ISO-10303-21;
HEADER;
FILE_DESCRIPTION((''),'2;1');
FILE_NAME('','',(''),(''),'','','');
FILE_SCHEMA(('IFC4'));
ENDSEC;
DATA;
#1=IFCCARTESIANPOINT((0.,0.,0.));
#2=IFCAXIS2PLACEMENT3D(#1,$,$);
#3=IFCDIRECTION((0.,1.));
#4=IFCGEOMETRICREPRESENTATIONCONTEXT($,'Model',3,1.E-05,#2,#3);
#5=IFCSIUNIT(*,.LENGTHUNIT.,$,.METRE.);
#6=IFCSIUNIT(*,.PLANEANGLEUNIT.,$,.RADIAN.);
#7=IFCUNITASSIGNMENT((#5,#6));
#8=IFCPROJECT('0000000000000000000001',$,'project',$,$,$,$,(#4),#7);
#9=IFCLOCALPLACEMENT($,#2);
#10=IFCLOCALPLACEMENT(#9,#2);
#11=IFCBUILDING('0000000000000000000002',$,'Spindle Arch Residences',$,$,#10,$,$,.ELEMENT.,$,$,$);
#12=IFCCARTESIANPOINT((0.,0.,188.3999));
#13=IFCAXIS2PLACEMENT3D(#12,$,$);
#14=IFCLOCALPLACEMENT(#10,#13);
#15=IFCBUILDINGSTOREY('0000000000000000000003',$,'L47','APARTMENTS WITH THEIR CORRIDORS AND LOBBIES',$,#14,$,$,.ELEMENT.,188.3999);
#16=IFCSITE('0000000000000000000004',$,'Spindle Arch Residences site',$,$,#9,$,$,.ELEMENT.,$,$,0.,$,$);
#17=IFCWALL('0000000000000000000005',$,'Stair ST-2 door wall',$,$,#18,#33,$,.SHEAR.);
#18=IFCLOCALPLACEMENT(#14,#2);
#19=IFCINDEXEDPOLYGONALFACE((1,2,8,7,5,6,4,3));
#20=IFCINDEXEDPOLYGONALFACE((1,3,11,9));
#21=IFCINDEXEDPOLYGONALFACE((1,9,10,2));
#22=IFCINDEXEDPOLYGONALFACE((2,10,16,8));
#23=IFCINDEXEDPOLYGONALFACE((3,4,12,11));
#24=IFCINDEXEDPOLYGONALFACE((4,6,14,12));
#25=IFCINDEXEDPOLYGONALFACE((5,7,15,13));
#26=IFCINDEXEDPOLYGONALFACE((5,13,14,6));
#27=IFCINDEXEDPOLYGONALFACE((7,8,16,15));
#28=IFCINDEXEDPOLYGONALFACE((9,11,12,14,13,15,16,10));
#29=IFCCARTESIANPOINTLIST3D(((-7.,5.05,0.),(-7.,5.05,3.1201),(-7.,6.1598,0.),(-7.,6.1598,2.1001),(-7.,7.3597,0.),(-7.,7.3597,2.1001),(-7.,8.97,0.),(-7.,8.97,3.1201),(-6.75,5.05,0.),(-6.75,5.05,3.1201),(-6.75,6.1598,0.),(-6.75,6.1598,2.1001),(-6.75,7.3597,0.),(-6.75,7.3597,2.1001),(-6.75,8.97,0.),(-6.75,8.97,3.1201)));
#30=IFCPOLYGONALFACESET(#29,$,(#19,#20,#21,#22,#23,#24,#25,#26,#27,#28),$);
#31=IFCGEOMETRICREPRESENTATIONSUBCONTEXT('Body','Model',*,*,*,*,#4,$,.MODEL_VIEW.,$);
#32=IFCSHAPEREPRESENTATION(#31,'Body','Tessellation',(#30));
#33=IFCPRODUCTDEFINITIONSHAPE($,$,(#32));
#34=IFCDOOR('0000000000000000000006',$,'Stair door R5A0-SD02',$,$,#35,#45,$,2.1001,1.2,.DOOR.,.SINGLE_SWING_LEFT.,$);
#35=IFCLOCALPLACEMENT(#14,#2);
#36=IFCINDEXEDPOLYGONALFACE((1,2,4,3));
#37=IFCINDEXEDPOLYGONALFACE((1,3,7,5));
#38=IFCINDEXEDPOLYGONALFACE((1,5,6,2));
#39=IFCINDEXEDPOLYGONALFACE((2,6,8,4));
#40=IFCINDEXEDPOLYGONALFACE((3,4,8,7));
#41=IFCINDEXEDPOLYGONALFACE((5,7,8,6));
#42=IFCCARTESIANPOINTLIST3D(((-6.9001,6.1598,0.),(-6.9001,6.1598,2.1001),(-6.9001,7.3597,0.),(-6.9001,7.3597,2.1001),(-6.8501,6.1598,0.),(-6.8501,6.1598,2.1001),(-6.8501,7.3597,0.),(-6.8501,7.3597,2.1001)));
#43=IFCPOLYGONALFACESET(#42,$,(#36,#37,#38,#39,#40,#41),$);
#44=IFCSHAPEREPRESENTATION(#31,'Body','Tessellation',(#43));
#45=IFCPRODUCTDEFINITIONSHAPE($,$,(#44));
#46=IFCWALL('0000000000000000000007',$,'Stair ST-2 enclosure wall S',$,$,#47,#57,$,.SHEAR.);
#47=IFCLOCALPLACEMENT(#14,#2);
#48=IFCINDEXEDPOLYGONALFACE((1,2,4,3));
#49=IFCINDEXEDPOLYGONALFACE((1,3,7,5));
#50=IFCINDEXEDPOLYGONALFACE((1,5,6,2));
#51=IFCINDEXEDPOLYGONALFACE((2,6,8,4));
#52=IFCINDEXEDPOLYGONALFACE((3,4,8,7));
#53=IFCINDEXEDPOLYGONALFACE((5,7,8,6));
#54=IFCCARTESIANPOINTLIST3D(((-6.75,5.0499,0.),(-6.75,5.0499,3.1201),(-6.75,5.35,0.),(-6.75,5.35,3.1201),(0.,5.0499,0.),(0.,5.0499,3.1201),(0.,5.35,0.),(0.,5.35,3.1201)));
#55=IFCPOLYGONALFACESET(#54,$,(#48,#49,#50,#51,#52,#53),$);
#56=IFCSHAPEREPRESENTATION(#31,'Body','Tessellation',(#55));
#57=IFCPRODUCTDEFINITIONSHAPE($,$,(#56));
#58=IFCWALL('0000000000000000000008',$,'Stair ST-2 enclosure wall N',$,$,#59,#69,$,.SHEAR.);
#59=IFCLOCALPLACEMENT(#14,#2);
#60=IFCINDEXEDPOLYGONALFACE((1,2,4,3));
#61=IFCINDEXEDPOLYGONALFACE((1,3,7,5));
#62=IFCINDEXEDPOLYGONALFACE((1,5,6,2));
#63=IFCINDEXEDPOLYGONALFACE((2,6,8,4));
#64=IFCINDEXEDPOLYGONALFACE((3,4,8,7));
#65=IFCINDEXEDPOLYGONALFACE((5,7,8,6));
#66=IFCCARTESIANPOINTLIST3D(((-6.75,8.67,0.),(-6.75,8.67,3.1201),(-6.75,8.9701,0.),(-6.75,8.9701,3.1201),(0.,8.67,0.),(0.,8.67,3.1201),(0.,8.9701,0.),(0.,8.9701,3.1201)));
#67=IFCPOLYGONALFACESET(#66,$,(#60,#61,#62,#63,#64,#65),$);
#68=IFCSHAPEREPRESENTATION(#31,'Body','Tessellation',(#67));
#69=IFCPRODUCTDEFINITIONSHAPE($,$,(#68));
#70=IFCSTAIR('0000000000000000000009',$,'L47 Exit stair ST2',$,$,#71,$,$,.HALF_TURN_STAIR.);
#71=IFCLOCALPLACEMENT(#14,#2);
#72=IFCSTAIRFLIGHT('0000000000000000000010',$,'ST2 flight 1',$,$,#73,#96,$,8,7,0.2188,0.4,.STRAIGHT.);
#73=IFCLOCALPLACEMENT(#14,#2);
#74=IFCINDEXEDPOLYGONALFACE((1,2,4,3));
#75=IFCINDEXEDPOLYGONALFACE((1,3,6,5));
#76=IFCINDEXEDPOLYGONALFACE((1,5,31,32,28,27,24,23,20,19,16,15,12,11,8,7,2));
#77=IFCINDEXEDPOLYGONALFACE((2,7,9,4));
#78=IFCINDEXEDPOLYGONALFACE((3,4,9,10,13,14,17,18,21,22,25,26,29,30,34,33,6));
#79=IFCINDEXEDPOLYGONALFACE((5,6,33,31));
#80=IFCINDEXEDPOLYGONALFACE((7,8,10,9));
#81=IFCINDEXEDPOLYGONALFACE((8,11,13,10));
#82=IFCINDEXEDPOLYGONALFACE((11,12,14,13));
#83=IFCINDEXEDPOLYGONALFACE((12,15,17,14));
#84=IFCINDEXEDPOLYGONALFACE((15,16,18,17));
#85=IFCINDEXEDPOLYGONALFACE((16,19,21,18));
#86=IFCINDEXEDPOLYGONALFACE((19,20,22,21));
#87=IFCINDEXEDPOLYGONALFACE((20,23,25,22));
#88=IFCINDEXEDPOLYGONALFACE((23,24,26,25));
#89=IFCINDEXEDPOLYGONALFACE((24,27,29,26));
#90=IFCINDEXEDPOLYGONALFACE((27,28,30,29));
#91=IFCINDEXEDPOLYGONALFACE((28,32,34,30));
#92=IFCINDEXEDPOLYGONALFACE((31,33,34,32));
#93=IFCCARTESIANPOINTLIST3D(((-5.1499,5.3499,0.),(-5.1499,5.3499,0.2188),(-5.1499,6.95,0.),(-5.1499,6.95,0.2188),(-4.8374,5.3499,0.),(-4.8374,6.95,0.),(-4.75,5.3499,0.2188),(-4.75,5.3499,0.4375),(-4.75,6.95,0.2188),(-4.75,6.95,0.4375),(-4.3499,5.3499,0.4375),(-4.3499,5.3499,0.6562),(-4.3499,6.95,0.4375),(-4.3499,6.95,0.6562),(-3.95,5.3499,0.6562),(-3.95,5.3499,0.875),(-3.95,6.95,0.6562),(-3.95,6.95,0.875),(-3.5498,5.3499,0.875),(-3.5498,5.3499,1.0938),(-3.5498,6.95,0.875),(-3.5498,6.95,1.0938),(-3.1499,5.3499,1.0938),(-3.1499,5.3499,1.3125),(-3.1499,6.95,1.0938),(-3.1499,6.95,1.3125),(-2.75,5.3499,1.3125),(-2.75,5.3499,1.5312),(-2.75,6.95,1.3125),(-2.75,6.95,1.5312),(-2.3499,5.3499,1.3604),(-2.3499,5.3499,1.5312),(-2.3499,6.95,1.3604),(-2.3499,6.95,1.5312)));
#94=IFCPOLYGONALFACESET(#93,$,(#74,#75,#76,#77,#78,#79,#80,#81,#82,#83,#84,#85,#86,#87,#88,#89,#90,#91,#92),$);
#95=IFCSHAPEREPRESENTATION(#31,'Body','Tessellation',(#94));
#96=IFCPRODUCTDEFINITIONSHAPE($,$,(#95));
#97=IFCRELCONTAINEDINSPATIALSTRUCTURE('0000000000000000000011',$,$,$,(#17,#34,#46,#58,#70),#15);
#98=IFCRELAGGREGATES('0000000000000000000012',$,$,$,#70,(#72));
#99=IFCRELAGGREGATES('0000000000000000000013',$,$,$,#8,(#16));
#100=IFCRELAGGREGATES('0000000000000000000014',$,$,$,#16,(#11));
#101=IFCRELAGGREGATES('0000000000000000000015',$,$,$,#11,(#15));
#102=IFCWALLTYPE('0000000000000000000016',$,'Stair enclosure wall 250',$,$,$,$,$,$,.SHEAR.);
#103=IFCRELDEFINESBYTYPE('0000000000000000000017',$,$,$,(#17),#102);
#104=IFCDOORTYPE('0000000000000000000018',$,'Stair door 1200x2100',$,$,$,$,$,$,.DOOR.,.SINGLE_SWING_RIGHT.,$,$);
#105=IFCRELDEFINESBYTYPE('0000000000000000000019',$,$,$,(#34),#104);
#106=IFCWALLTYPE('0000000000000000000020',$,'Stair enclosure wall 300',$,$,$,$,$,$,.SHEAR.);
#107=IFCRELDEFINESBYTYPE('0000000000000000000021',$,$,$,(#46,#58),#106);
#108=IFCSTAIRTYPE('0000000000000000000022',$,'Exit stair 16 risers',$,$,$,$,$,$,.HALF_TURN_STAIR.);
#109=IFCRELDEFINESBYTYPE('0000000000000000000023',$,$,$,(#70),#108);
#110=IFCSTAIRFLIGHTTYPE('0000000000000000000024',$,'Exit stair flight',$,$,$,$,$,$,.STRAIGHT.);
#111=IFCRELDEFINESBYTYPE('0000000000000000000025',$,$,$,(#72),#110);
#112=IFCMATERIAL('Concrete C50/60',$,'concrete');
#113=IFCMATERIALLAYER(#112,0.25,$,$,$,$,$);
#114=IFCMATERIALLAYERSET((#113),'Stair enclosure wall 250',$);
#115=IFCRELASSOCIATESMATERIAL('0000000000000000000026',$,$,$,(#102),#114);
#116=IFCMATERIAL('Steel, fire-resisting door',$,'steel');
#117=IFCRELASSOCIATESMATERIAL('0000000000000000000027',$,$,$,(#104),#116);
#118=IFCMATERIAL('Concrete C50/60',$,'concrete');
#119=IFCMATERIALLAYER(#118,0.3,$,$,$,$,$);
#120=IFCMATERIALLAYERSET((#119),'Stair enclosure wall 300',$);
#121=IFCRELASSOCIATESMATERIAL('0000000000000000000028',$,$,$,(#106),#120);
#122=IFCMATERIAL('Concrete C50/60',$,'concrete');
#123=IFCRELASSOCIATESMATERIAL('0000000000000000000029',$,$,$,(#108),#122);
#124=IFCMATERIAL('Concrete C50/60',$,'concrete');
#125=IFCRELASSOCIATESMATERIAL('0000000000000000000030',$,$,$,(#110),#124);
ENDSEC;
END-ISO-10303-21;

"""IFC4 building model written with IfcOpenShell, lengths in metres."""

from ifc_helpers import new_model, si_unit, direction, frame, frame_2d, origin, place, context, subcontext, project, spatial, polyline, rectangle, outline, extrude, material, layer, layer_set, type_object, element, fill, aggregate, save


model = new_model("IFC4")

# Units and contexts
model_context = context("Model", 3, precision=1e-05, world=origin(), true_north=direction((0.0, 1.0)))
body_context = subcontext(model_context, "Body", "Model", "MODEL_VIEW")
ifc_project = project(units=[si_unit("LENGTHUNIT", "METRE"), si_unit("PLANEANGLEUNIT", "RADIAN")], contexts=[model_context])

# Site, building, storey
site_placement = place(None, origin())
site = spatial("IfcSite", under=ifc_project, at=site_placement, Name="Spindle Arch Residences site", CompositionType="ELEMENT", RefElevation=0.0)
building_placement = place(site_placement, origin())
building = spatial("IfcBuilding", under=site, at=building_placement, Name="Spindle Arch Residences", CompositionType="ELEMENT")
storey_placement = place(building_placement, frame((0.0, 0.0, 188.3999)))
storey = spatial("IfcBuildingStorey", under=building, at=storey_placement, Name="L47", Description="APARTMENTS WITH THEIR CORRIDORS AND LOBBIES", CompositionType="ELEMENT", Elevation=188.3999)

# Wall, opening, door
ifc_material_1 = material(Name="Concrete C50/60", Category="concrete")
ifc_layer_1 = layer(ifc_material_1, 0.25)
ifc_layer_set_1 = layer_set([ifc_layer_1], Name="Stair enclosure wall 250")
wall_type_1 = type_object("IfcWallType", Name="Stair enclosure wall 250", PredefinedType="SHEAR", material=ifc_layer_set_1)
wall_1_placement = place(storey_placement, frame((-6.875, 8.97, 0.0), z_axis=(0.0, 0.0, 1.0), x_axis=(0.0, -1.0, 0.0)))
wall_1 = element("IfcWall", 1, at=wall_1_placement, inside=storey, type_object=wall_type_1, Name="Stair ST-2 door wall", PredefinedType="SHEAR", context=body_context, shape_type="SweptSolid", body=[
    extrude(rectangle(XDim=3.9199, YDim=0.25, at=frame_2d((1.96, 0.0))), origin(), (0.0, 0.0, 1.0), 3.1201),
])
opening_1_placement = place(wall_1_placement, frame((1.6101, 0.0, 0.0)))
opening_1 = element("IfcOpeningElement", 2, at=opening_1_placement, cuts=wall_1, PredefinedType="OPENING", context=body_context, shape_type="SweptSolid", body=[
    extrude(rectangle(XDim=1.2, YDim=2.1001, at=frame_2d((0.6001, 1.05))), frame((0.0, 0.135, 0.0), z_axis=(0.0, -1.0, 0.0), x_axis=(1.0, 0.0, 0.0)), (0.0, 0.0, 1.0), 0.27),
])
ifc_material_2 = material(Name="Steel, fire-resisting door", Category="steel")
door_type_1 = type_object("IfcDoorType", Name="Stair door 1200x2100", OperationType="SINGLE_SWING_RIGHT", PredefinedType="DOOR", material=ifc_material_2)
door_1_placement = place(opening_1_placement, origin())
door_1 = element("IfcDoor", 3, at=door_1_placement, inside=storey, type_object=door_type_1, Name="Stair door R5A0-SD02", OperationType="SINGLE_SWING_LEFT", OverallHeight=2.1001, OverallWidth=1.2, PredefinedType="DOOR", context=body_context, shape_type="SweptSolid", body=[
    extrude(rectangle(XDim=1.2, YDim=2.1001, at=frame_2d((0.6001, 1.05))), frame((0.0, 0.0249, 0.0), z_axis=(0.0, -1.0, 0.0), x_axis=(1.0, 0.0, 0.0)), (0.0, 0.0, 1.0), 0.05),
])
fill(opening_1, door_1)

# Walls
ifc_material_3 = material(Name="Concrete C50/60", Category="concrete")
ifc_layer_2 = layer(ifc_material_3, 0.3)
ifc_layer_set_2 = layer_set([ifc_layer_2], Name="Stair enclosure wall 300")
wall_type_2 = type_object("IfcWallType", Name="Stair enclosure wall 300", PredefinedType="SHEAR", material=ifc_layer_set_2)
for number, where, z_axis, x_axis, name in (
    (4, (-6.75, 5.2, 0.0), (0.0, 0.0, 1.0), (1.0, 0.0, 0.0), "Stair ST-2 enclosure wall S"),
    (5, (-6.75, 8.8201, 0.0), (0.0, 0.0, 1.0), (1.0, 0.0, 0.0), "Stair ST-2 enclosure wall N"),
):
    element("IfcWall", number, at=place(storey_placement, frame(where, z_axis=z_axis, x_axis=x_axis)), inside=storey, type_object=wall_type_2, Name=name, PredefinedType="SHEAR", context=body_context, shape_type="SweptSolid", body=[
        extrude(rectangle(XDim=6.75, YDim=0.3, at=frame_2d((3.375, 0.0))), origin(), (0.0, 0.0, 1.0), 3.1201),
    ])

# Stair, stair flight
ifc_material_4 = material(Name="Concrete C50/60", Category="concrete")
stair_type = type_object("IfcStairType", Name="Exit stair 16 risers", PredefinedType="HALF_TURN_STAIR", material=ifc_material_4)
stair_placement = place(storey_placement, origin())
stair = element("IfcStair", 6, at=stair_placement, inside=storey, type_object=stair_type, Name="L47 Exit stair ST2", PredefinedType="HALF_TURN_STAIR")
ifc_material_5 = material(Name="Concrete C50/60", Category="concrete")
stair_flight_type = type_object("IfcStairFlightType", Name="Exit stair flight", PredefinedType="STRAIGHT", material=ifc_material_5)
stair_flight_placement = place(storey_placement, frame((-5.1499, 6.1499, 0.0), z_axis=(0.0, 0.0, 1.0), x_axis=(1.0, 0.0, 0.0)))
stair_flight = element("IfcStairFlight", 7, at=stair_flight_placement, type_object=stair_flight_type, Name="ST2 flight 1", NumberOfRisers=8, NumberOfTreads=7, PredefinedType="STRAIGHT", RiserHeight=0.2188, TreadLength=0.4, context=body_context, shape_type="SweptSolid", body=[
    extrude(outline(polyline([(0.0, 0.0), (0.0, 0.2188), (0.3999, 0.2188), (0.3999, 0.4375), (0.8, 0.4375), (0.8, 0.6562), (1.2, 0.6562), (1.2, 0.875), (1.6001, 0.875), (1.6001, 1.0938), (2.0, 1.0938), (2.0, 1.3125), (2.3999, 1.3125), (2.3999, 1.5312), (2.8, 1.5312), (2.8, 1.75), (2.8, 1.3604), (0.3125, 0.0), (0.0, 0.0)])), frame((0.0, 0.8, 0.0), z_axis=(0.0, -1.0, 0.0), x_axis=(1.0, 0.0, 0.0)), (0.0, 0.0, 1.0), 1.6001),
])
aggregate(stair, [stair_flight])

save(model, "model.ifc")
